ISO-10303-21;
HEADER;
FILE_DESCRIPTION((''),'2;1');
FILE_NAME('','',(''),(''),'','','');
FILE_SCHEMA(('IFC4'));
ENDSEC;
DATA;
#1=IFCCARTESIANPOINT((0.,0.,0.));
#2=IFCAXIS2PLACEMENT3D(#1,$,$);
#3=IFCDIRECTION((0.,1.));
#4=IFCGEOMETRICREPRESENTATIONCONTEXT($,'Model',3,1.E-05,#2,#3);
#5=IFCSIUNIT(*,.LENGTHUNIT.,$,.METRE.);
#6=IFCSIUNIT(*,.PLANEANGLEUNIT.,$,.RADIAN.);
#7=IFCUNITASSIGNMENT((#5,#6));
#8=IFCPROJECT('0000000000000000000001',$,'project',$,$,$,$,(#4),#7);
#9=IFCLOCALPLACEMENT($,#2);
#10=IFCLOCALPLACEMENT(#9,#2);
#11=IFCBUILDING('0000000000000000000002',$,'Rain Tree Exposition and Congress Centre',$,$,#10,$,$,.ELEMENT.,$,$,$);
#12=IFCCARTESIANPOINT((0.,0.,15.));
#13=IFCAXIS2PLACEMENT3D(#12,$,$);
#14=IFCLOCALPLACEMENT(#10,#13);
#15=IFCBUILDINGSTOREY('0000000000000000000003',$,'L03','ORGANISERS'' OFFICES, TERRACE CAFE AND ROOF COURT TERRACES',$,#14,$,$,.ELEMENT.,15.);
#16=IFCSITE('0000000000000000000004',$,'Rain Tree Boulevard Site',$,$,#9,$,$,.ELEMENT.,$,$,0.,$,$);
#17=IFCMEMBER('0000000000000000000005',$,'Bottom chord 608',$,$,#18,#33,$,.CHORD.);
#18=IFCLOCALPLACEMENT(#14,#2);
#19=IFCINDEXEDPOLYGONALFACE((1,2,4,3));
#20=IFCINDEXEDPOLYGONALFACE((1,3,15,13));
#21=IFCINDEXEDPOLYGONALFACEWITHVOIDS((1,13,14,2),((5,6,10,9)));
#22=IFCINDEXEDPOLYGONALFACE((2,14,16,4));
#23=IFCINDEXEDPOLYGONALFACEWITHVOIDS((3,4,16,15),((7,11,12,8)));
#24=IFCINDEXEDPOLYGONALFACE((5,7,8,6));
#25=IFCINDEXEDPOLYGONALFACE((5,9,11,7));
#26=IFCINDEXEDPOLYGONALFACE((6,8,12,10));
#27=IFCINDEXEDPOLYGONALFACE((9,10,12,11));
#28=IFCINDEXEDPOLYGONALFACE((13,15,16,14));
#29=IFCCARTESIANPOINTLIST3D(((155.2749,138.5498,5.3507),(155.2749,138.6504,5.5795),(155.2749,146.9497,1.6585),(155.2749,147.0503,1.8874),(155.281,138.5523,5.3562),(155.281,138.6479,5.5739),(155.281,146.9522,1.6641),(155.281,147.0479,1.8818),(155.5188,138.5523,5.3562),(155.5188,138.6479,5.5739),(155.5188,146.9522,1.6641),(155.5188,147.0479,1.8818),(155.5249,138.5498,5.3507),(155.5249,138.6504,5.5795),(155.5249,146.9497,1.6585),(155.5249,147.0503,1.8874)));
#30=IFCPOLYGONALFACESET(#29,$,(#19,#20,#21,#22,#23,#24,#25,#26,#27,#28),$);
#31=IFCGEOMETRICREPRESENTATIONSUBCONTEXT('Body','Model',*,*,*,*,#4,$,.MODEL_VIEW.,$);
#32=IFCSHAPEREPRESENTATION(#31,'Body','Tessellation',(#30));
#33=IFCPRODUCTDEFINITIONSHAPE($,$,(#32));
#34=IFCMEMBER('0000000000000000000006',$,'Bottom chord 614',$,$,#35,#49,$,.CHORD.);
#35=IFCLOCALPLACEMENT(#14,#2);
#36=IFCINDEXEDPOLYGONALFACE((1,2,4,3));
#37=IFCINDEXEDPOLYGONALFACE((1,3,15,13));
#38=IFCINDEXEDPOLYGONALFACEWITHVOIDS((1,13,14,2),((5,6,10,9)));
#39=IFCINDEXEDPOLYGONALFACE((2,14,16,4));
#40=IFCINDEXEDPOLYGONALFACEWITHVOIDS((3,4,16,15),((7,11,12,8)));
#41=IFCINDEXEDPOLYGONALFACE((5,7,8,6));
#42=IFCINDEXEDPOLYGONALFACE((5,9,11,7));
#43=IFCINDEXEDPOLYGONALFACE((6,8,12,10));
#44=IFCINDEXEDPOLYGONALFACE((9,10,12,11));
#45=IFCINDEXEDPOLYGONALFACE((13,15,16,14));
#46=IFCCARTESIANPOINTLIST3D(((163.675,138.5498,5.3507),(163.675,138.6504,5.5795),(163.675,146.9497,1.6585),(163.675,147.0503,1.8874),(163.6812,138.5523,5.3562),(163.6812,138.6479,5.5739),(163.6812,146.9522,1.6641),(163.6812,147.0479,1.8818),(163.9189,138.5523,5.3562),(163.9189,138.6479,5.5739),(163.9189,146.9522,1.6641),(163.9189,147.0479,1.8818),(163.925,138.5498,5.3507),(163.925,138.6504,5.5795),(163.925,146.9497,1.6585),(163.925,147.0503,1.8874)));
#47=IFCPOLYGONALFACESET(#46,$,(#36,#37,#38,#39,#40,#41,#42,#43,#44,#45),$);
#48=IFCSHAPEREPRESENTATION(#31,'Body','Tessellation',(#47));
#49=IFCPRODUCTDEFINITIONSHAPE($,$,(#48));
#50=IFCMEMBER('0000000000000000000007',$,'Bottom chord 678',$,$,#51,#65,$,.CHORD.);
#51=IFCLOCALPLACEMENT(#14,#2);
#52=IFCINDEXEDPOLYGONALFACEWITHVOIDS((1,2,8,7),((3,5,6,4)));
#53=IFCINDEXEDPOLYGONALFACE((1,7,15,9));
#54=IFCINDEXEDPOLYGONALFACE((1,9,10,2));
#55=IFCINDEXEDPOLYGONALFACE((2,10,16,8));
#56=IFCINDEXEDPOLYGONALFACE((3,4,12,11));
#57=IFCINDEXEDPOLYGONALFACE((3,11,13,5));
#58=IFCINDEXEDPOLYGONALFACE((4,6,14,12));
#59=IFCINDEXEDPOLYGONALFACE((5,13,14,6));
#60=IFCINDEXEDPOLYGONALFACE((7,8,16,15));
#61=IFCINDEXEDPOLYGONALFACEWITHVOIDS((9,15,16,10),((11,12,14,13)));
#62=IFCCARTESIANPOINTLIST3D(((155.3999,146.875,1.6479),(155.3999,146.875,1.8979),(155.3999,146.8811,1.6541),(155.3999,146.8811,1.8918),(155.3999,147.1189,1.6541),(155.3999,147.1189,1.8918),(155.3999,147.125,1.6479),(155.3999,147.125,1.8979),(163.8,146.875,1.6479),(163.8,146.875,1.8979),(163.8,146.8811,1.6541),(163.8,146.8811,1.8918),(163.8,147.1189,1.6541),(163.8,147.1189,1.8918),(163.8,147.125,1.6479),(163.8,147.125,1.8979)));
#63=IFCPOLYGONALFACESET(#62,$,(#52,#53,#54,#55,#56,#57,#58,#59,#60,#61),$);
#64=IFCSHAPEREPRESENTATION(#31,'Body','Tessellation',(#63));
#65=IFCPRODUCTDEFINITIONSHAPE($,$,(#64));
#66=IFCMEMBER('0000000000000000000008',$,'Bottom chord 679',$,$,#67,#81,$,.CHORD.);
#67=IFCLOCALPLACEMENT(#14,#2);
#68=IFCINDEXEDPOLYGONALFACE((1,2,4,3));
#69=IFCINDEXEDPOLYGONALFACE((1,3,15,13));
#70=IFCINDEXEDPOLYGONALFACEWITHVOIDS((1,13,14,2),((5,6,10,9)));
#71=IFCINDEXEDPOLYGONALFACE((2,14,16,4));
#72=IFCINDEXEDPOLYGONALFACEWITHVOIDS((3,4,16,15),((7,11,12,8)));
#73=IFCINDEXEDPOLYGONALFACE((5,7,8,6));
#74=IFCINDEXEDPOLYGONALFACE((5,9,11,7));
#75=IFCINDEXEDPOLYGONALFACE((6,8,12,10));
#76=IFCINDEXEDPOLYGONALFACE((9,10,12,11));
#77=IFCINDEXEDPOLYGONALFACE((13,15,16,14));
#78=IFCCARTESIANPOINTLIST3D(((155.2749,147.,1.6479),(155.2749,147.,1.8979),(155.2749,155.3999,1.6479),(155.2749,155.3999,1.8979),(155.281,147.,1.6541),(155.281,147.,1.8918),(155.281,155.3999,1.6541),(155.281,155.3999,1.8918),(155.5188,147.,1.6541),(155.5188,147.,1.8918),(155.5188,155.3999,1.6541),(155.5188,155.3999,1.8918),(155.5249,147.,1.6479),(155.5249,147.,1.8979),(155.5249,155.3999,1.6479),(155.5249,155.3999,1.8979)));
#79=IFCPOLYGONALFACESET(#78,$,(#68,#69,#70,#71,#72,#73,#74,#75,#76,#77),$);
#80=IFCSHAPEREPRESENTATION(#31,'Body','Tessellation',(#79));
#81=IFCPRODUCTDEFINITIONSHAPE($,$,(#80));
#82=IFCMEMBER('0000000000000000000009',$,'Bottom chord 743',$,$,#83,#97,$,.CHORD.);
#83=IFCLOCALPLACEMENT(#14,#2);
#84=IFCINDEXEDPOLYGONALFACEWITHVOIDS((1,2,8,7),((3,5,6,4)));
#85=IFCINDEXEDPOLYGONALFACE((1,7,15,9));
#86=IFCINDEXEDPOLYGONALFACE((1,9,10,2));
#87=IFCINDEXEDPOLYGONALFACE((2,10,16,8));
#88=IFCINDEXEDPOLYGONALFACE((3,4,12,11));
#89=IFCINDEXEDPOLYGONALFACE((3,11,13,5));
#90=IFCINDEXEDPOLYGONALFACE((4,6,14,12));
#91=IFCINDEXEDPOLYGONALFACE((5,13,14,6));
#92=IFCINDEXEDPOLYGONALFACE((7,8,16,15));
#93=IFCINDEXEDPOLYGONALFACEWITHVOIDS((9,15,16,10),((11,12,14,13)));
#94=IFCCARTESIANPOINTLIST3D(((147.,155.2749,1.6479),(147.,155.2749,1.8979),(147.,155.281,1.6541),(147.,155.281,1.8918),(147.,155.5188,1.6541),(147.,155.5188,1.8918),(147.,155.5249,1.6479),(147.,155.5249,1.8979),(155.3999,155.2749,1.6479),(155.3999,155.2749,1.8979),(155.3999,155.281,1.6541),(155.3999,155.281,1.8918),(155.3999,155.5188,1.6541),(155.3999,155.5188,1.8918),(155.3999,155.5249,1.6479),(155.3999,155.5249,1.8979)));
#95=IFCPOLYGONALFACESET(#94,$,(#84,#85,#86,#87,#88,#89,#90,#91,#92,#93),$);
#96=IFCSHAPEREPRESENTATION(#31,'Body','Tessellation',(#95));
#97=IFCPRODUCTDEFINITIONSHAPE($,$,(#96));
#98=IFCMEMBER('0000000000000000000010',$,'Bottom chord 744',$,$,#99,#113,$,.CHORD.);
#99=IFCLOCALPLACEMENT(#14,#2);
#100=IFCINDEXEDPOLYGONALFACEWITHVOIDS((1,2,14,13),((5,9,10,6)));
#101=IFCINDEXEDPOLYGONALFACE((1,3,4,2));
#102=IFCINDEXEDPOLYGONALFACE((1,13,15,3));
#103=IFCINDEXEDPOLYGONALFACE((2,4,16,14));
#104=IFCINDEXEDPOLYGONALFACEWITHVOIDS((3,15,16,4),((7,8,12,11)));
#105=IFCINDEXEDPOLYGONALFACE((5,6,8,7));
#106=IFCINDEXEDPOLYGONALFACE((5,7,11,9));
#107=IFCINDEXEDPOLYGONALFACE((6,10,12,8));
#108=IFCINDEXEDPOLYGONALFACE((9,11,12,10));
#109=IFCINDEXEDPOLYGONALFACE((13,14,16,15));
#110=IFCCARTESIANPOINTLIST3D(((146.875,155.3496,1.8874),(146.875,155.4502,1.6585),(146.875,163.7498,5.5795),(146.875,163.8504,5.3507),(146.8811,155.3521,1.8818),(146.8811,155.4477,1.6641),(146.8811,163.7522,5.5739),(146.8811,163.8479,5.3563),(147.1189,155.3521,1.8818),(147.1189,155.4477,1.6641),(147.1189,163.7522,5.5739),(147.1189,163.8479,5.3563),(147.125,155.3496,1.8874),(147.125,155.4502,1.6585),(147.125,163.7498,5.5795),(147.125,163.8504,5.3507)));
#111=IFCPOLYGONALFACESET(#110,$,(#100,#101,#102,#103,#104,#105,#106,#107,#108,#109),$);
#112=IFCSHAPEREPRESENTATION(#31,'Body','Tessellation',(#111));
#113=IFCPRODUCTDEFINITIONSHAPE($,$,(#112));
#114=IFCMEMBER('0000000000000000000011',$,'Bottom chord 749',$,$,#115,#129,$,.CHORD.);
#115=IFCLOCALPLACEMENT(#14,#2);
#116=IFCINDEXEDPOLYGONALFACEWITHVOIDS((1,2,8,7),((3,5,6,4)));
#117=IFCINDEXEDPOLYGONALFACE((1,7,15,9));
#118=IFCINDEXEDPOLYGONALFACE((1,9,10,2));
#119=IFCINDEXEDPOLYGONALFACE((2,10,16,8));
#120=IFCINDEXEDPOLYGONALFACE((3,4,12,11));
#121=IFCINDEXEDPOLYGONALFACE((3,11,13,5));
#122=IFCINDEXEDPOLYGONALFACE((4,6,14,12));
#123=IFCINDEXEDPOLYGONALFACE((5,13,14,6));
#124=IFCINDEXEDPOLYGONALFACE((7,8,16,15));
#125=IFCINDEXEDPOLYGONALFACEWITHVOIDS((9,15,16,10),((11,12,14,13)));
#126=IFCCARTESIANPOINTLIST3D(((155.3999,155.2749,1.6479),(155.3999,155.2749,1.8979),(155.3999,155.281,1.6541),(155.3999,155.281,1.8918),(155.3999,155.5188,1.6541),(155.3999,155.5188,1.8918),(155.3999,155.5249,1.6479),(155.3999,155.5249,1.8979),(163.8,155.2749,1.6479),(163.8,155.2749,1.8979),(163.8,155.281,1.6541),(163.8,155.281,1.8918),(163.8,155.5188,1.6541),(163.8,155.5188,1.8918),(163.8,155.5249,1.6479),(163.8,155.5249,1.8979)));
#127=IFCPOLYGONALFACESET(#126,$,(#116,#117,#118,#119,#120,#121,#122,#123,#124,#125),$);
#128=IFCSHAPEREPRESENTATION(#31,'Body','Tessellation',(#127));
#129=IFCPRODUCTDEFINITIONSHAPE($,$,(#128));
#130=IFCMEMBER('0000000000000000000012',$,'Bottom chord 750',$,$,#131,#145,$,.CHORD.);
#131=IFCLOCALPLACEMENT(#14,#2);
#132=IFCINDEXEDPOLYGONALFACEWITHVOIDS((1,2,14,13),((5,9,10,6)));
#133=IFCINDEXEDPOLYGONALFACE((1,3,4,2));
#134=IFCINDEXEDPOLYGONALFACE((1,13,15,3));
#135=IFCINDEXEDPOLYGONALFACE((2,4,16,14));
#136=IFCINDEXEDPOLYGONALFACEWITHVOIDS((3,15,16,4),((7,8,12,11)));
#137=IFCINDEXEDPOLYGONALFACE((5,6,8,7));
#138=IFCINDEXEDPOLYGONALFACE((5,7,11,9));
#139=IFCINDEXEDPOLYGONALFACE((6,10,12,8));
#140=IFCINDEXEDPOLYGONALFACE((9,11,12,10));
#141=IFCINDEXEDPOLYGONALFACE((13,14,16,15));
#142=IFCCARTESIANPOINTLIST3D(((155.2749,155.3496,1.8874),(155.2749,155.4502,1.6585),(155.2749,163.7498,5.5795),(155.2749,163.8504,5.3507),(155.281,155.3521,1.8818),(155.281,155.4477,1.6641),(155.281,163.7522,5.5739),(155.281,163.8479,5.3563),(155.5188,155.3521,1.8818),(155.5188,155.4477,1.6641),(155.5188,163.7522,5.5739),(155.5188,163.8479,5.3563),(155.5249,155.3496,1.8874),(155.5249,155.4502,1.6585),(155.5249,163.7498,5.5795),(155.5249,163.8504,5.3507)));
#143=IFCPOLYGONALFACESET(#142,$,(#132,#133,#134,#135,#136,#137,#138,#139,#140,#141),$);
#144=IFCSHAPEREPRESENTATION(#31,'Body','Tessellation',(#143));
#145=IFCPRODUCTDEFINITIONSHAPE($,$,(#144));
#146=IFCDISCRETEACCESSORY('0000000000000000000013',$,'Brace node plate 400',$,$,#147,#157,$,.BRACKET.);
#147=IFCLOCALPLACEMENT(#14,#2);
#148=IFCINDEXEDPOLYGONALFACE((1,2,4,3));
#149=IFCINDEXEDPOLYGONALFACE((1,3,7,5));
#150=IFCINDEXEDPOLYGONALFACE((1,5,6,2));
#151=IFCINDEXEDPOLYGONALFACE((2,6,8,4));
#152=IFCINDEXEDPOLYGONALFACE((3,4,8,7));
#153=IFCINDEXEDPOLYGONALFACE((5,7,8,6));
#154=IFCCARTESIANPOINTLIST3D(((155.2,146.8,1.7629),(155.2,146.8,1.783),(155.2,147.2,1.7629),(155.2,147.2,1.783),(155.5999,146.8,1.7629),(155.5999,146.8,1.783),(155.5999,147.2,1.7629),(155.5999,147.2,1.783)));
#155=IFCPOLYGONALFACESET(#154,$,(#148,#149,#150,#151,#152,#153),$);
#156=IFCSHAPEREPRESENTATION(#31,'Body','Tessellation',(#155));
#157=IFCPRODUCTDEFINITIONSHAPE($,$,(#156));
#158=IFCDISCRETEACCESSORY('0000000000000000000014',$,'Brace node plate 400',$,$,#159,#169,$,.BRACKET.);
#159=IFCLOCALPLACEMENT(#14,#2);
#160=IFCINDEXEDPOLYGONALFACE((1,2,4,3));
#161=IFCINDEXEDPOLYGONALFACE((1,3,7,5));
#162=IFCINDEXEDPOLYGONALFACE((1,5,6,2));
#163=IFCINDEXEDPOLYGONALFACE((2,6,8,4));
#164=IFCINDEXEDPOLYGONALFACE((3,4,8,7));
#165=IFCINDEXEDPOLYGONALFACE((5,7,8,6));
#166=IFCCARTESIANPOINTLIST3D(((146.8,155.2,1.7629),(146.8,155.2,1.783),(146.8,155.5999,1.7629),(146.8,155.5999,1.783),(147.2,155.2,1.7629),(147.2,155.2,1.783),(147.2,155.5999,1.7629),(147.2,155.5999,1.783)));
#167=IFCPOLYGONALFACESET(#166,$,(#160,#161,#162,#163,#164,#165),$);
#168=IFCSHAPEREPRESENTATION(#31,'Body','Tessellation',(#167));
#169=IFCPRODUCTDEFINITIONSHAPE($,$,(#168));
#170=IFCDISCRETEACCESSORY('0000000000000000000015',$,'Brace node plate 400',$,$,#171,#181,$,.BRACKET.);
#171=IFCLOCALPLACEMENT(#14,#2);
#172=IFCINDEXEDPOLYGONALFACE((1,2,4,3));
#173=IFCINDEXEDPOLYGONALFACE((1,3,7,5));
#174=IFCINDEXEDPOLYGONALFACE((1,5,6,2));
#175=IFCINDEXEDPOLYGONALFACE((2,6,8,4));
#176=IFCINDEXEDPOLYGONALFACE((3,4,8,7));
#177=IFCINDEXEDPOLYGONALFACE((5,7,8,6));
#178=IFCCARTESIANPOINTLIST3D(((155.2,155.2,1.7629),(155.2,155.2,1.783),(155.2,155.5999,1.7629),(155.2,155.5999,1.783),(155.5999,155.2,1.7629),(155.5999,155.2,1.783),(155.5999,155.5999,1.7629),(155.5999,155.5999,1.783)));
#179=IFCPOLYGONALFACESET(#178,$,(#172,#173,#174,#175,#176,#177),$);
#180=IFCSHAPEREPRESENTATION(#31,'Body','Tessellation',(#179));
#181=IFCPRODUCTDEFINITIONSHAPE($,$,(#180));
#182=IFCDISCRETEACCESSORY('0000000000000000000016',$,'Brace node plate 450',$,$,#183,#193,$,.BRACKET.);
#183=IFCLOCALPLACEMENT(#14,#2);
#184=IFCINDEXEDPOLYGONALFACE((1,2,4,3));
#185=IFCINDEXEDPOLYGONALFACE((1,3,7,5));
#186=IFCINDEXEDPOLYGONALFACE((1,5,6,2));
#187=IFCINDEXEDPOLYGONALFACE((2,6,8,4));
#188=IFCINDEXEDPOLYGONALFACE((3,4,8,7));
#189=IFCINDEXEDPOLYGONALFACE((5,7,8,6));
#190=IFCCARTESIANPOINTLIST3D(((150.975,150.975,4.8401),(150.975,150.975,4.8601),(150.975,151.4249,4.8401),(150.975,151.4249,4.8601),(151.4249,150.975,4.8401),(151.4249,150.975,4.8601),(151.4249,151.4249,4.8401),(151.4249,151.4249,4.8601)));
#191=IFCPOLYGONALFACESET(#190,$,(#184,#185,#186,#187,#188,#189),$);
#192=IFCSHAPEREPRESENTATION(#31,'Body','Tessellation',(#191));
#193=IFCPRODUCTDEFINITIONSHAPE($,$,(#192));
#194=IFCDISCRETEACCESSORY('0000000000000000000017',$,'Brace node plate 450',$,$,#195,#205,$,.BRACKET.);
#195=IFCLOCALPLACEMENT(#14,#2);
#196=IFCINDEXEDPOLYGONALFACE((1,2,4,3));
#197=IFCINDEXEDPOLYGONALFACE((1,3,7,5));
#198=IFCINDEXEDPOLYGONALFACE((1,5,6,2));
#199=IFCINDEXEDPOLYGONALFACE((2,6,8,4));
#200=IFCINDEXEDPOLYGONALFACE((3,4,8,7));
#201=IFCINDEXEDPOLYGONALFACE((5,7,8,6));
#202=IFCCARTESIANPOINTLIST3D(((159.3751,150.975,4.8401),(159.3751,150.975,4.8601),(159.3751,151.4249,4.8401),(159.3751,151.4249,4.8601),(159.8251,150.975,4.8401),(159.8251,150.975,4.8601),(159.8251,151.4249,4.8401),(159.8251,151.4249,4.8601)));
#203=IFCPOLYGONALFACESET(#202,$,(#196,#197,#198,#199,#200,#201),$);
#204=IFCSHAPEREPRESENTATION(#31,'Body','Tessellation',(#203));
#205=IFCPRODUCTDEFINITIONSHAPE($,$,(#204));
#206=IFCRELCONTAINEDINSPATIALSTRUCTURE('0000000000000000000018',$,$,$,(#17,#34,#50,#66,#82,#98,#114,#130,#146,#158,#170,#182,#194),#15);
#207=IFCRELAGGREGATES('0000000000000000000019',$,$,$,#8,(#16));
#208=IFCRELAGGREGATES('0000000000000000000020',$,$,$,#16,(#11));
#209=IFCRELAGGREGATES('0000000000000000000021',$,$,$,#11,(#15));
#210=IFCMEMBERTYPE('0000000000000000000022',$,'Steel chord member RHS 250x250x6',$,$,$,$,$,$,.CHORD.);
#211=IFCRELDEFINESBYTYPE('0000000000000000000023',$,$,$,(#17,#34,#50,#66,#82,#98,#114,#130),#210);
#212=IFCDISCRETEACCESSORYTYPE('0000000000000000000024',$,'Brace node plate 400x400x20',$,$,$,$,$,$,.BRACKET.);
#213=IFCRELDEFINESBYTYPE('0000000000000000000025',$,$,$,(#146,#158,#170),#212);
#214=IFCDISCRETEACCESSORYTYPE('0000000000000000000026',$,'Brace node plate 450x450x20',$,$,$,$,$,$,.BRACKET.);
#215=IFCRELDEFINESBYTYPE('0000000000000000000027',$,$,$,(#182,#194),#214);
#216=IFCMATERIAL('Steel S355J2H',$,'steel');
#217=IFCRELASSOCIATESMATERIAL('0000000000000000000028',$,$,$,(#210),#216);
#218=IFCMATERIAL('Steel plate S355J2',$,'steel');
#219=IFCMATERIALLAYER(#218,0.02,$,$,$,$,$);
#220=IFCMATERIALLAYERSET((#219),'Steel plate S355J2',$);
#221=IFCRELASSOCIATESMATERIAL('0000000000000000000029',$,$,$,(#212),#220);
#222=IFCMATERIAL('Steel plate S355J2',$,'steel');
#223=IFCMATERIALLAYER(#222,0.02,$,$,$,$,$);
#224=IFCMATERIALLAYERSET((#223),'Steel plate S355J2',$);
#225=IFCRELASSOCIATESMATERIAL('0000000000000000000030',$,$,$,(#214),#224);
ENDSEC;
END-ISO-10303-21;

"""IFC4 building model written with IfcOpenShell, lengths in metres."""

from ifc_helpers import new_model, si_unit, direction, frame, origin, origin_2d, place, context, subcontext, project, spatial, rectangle, hollow_rectangle, extrude, material, layer, layer_set, material_profile, profile_set, type_object, element, save


model = new_model("IFC4")

# Units and contexts
model_context = context("Model", 3, precision=1e-05, world=origin(), true_north=direction((0.0, 1.0)))
body_context = subcontext(model_context, "Body", "Model", "MODEL_VIEW")
ifc_project = project(units=[si_unit("LENGTHUNIT", "METRE"), si_unit("PLANEANGLEUNIT", "RADIAN")], contexts=[model_context])

# Site, building, storey
site_placement = place(None, origin())
site = spatial("IfcSite", under=ifc_project, at=site_placement, Name="Rain Tree Boulevard Site", CompositionType="ELEMENT", RefElevation=0.0)
building_placement = place(site_placement, origin())
building = spatial("IfcBuilding", under=site, at=building_placement, Name="Rain Tree Exposition and Congress Centre", CompositionType="ELEMENT")
storey_placement = place(building_placement, frame((0.0, 0.0, 15.0)))
storey = spatial("IfcBuildingStorey", under=building, at=storey_placement, Name="L03", Description="ORGANISERS' OFFICES, TERRACE CAFE AND ROOF COURT TERRACES", CompositionType="ELEMENT", Elevation=15.0)

# Members
ifc_material_1 = material(Name="Steel S355J2H", Category="steel")
ifc_material_profile_1 = material_profile(ifc_material_1, hollow_rectangle(XDim=0.25, YDim=0.25, WallThickness=0.0061, at=origin_2d()), Name="RHS 250x250x6")
ifc_profile_set_1 = profile_set([ifc_material_profile_1], Name="Steel S355J2H")
member_type_1 = type_object("IfcMemberType", Name="Steel chord member RHS 250x250x6", PredefinedType="CHORD", material=ifc_profile_set_1)
for number, where, z_axis, x_axis, name in (
    (1, (155.3999, 138.6001, 5.4651), (0.0, 0.915468, -0.40239), (-1.0, 0.0, 0.0), "Bottom chord 608"),
    (2, (163.8, 138.6001, 5.4651), (0.0, 0.915468, -0.40239), (-1.0, 0.0, 0.0), "Bottom chord 614"),
):
    element("IfcMember", number, at=place(storey_placement, frame(where, z_axis=z_axis, x_axis=x_axis)), inside=storey, type_object=member_type_1, Name=name, PredefinedType="CHORD", context=body_context, shape_type="SweptSolid", body=[
        extrude(hollow_rectangle(XDim=0.25, YDim=0.25, WallThickness=0.0061, at=origin_2d()), origin(), (0.0, 0.0, 1.0), 9.1755),
    ])
member_1_placement = place(storey_placement, frame((155.3999, 147.0, 1.7729), z_axis=(1.0, 0.0, 0.0), x_axis=(0.0, 1.0, 0.0)))
element("IfcMember", 3, at=member_1_placement, inside=storey, type_object=member_type_1, Name="Bottom chord 678", PredefinedType="CHORD", context=body_context, shape_type="SweptSolid", body=[
    extrude(hollow_rectangle(XDim=0.25, YDim=0.25, WallThickness=0.0061, at=origin_2d()), origin(), (0.0, 0.0, 1.0), 8.4001),
])
for number, where, z_axis, x_axis, name in (
    (4, (155.3999, 147.0, 1.7729), (0.0, 1.0, 0.0), (-1.0, 0.0, 0.0), "Bottom chord 679"),
    (5, (147.0, 155.3999, 1.7729), (1.0, 0.0, 0.0), (0.0, 1.0, 0.0), "Bottom chord 743"),
):
    element("IfcMember", number, at=place(storey_placement, frame(where, z_axis=z_axis, x_axis=x_axis)), inside=storey, type_object=member_type_1, Name=name, PredefinedType="CHORD", context=body_context, shape_type="SweptSolid", body=[
        extrude(hollow_rectangle(XDim=0.25, YDim=0.25, WallThickness=0.0061, at=origin_2d()), origin(), (0.0, 0.0, 1.0), 8.3999),
    ])
member_2_placement = place(storey_placement, frame((147.0, 155.3999, 1.7729), z_axis=(0.0, 0.915473, 0.40238), x_axis=(-1.0, 0.0, 0.0)))
element("IfcMember", 6, at=member_2_placement, inside=storey, type_object=member_type_1, Name="Bottom chord 744", PredefinedType="CHORD", context=body_context, shape_type="SweptSolid", body=[
    extrude(hollow_rectangle(XDim=0.25, YDim=0.25, WallThickness=0.0061, at=origin_2d()), origin(), (0.0, 0.0, 1.0), 9.1758),
])
member_3_placement = place(storey_placement, frame((155.3999, 155.3999, 1.7729), z_axis=(1.0, 0.0, 0.0), x_axis=(0.0, 1.0, 0.0)))
element("IfcMember", 7, at=member_3_placement, inside=storey, type_object=member_type_1, Name="Bottom chord 749", PredefinedType="CHORD", context=body_context, shape_type="SweptSolid", body=[
    extrude(hollow_rectangle(XDim=0.25, YDim=0.25, WallThickness=0.0061, at=origin_2d()), origin(), (0.0, 0.0, 1.0), 8.4001),
])
member_4_placement = place(storey_placement, frame((155.3999, 155.3999, 1.7729), z_axis=(0.0, 0.915473, 0.40238), x_axis=(-1.0, 0.0, 0.0)))
element("IfcMember", 8, at=member_4_placement, inside=storey, type_object=member_type_1, Name="Bottom chord 750", PredefinedType="CHORD", context=body_context, shape_type="SweptSolid", body=[
    extrude(hollow_rectangle(XDim=0.25, YDim=0.25, WallThickness=0.0061, at=origin_2d()), origin(), (0.0, 0.0, 1.0), 9.1758),
])

# Discrete accessories
ifc_material_2 = material(Name="Steel plate S355J2", Category="steel")
ifc_layer_1 = layer(ifc_material_2, 0.02)
ifc_layer_set_1 = layer_set([ifc_layer_1], Name="Steel plate S355J2")
discrete_accessory_type_1 = type_object("IfcDiscreteAccessoryType", Name="Brace node plate 400x400x20", PredefinedType="BRACKET", material=ifc_layer_set_1)
for number, where, z_axis, x_axis, name in (
    (9, (155.3999, 147.0, 1.7629), (0.0, 0.0, 1.0), (1.0, 0.0, 0.0), "Brace node plate 400"),
    (10, (147.0, 155.3999, 1.7629), (0.0, 0.0, 1.0), (1.0, 0.0, 0.0), "Brace node plate 400"),
    (11, (155.3999, 155.3999, 1.7629), (0.0, 0.0, 1.0), (1.0, 0.0, 0.0), "Brace node plate 400"),
):
    element("IfcDiscreteAccessory", number, at=place(storey_placement, frame(where, z_axis=z_axis, x_axis=x_axis)), inside=storey, type_object=discrete_accessory_type_1, Name=name, PredefinedType="BRACKET", context=body_context, shape_type="SweptSolid", body=[
        extrude(rectangle(XDim=0.3999, YDim=0.3999, at=origin_2d()), origin(), (0.0, 0.0, 1.0), 0.02),
    ])
ifc_material_3 = material(Name="Steel plate S355J2", Category="steel")
ifc_layer_2 = layer(ifc_material_3, 0.02)
ifc_layer_set_2 = layer_set([ifc_layer_2], Name="Steel plate S355J2")
discrete_accessory_type_2 = type_object("IfcDiscreteAccessoryType", Name="Brace node plate 450x450x20", PredefinedType="BRACKET", material=ifc_layer_set_2)
for number, where, z_axis, x_axis, name in (
    (12, (151.2, 151.2, 4.8401), (0.0, 0.0, 1.0), (1.0, 0.0, 0.0), "Brace node plate 450"),
    (13, (159.6001, 151.2, 4.8401), (0.0, 0.0, 1.0), (1.0, 0.0, 0.0), "Brace node plate 450"),
):
    element("IfcDiscreteAccessory", number, at=place(storey_placement, frame(where, z_axis=z_axis, x_axis=x_axis)), inside=storey, type_object=discrete_accessory_type_2, Name=name, PredefinedType="BRACKET", context=body_context, shape_type="SweptSolid", body=[
        extrude(rectangle(XDim=0.45, YDim=0.45, at=origin_2d()), origin(), (0.0, 0.0, 1.0), 0.02),
    ])

save(model, "model.ifc")
